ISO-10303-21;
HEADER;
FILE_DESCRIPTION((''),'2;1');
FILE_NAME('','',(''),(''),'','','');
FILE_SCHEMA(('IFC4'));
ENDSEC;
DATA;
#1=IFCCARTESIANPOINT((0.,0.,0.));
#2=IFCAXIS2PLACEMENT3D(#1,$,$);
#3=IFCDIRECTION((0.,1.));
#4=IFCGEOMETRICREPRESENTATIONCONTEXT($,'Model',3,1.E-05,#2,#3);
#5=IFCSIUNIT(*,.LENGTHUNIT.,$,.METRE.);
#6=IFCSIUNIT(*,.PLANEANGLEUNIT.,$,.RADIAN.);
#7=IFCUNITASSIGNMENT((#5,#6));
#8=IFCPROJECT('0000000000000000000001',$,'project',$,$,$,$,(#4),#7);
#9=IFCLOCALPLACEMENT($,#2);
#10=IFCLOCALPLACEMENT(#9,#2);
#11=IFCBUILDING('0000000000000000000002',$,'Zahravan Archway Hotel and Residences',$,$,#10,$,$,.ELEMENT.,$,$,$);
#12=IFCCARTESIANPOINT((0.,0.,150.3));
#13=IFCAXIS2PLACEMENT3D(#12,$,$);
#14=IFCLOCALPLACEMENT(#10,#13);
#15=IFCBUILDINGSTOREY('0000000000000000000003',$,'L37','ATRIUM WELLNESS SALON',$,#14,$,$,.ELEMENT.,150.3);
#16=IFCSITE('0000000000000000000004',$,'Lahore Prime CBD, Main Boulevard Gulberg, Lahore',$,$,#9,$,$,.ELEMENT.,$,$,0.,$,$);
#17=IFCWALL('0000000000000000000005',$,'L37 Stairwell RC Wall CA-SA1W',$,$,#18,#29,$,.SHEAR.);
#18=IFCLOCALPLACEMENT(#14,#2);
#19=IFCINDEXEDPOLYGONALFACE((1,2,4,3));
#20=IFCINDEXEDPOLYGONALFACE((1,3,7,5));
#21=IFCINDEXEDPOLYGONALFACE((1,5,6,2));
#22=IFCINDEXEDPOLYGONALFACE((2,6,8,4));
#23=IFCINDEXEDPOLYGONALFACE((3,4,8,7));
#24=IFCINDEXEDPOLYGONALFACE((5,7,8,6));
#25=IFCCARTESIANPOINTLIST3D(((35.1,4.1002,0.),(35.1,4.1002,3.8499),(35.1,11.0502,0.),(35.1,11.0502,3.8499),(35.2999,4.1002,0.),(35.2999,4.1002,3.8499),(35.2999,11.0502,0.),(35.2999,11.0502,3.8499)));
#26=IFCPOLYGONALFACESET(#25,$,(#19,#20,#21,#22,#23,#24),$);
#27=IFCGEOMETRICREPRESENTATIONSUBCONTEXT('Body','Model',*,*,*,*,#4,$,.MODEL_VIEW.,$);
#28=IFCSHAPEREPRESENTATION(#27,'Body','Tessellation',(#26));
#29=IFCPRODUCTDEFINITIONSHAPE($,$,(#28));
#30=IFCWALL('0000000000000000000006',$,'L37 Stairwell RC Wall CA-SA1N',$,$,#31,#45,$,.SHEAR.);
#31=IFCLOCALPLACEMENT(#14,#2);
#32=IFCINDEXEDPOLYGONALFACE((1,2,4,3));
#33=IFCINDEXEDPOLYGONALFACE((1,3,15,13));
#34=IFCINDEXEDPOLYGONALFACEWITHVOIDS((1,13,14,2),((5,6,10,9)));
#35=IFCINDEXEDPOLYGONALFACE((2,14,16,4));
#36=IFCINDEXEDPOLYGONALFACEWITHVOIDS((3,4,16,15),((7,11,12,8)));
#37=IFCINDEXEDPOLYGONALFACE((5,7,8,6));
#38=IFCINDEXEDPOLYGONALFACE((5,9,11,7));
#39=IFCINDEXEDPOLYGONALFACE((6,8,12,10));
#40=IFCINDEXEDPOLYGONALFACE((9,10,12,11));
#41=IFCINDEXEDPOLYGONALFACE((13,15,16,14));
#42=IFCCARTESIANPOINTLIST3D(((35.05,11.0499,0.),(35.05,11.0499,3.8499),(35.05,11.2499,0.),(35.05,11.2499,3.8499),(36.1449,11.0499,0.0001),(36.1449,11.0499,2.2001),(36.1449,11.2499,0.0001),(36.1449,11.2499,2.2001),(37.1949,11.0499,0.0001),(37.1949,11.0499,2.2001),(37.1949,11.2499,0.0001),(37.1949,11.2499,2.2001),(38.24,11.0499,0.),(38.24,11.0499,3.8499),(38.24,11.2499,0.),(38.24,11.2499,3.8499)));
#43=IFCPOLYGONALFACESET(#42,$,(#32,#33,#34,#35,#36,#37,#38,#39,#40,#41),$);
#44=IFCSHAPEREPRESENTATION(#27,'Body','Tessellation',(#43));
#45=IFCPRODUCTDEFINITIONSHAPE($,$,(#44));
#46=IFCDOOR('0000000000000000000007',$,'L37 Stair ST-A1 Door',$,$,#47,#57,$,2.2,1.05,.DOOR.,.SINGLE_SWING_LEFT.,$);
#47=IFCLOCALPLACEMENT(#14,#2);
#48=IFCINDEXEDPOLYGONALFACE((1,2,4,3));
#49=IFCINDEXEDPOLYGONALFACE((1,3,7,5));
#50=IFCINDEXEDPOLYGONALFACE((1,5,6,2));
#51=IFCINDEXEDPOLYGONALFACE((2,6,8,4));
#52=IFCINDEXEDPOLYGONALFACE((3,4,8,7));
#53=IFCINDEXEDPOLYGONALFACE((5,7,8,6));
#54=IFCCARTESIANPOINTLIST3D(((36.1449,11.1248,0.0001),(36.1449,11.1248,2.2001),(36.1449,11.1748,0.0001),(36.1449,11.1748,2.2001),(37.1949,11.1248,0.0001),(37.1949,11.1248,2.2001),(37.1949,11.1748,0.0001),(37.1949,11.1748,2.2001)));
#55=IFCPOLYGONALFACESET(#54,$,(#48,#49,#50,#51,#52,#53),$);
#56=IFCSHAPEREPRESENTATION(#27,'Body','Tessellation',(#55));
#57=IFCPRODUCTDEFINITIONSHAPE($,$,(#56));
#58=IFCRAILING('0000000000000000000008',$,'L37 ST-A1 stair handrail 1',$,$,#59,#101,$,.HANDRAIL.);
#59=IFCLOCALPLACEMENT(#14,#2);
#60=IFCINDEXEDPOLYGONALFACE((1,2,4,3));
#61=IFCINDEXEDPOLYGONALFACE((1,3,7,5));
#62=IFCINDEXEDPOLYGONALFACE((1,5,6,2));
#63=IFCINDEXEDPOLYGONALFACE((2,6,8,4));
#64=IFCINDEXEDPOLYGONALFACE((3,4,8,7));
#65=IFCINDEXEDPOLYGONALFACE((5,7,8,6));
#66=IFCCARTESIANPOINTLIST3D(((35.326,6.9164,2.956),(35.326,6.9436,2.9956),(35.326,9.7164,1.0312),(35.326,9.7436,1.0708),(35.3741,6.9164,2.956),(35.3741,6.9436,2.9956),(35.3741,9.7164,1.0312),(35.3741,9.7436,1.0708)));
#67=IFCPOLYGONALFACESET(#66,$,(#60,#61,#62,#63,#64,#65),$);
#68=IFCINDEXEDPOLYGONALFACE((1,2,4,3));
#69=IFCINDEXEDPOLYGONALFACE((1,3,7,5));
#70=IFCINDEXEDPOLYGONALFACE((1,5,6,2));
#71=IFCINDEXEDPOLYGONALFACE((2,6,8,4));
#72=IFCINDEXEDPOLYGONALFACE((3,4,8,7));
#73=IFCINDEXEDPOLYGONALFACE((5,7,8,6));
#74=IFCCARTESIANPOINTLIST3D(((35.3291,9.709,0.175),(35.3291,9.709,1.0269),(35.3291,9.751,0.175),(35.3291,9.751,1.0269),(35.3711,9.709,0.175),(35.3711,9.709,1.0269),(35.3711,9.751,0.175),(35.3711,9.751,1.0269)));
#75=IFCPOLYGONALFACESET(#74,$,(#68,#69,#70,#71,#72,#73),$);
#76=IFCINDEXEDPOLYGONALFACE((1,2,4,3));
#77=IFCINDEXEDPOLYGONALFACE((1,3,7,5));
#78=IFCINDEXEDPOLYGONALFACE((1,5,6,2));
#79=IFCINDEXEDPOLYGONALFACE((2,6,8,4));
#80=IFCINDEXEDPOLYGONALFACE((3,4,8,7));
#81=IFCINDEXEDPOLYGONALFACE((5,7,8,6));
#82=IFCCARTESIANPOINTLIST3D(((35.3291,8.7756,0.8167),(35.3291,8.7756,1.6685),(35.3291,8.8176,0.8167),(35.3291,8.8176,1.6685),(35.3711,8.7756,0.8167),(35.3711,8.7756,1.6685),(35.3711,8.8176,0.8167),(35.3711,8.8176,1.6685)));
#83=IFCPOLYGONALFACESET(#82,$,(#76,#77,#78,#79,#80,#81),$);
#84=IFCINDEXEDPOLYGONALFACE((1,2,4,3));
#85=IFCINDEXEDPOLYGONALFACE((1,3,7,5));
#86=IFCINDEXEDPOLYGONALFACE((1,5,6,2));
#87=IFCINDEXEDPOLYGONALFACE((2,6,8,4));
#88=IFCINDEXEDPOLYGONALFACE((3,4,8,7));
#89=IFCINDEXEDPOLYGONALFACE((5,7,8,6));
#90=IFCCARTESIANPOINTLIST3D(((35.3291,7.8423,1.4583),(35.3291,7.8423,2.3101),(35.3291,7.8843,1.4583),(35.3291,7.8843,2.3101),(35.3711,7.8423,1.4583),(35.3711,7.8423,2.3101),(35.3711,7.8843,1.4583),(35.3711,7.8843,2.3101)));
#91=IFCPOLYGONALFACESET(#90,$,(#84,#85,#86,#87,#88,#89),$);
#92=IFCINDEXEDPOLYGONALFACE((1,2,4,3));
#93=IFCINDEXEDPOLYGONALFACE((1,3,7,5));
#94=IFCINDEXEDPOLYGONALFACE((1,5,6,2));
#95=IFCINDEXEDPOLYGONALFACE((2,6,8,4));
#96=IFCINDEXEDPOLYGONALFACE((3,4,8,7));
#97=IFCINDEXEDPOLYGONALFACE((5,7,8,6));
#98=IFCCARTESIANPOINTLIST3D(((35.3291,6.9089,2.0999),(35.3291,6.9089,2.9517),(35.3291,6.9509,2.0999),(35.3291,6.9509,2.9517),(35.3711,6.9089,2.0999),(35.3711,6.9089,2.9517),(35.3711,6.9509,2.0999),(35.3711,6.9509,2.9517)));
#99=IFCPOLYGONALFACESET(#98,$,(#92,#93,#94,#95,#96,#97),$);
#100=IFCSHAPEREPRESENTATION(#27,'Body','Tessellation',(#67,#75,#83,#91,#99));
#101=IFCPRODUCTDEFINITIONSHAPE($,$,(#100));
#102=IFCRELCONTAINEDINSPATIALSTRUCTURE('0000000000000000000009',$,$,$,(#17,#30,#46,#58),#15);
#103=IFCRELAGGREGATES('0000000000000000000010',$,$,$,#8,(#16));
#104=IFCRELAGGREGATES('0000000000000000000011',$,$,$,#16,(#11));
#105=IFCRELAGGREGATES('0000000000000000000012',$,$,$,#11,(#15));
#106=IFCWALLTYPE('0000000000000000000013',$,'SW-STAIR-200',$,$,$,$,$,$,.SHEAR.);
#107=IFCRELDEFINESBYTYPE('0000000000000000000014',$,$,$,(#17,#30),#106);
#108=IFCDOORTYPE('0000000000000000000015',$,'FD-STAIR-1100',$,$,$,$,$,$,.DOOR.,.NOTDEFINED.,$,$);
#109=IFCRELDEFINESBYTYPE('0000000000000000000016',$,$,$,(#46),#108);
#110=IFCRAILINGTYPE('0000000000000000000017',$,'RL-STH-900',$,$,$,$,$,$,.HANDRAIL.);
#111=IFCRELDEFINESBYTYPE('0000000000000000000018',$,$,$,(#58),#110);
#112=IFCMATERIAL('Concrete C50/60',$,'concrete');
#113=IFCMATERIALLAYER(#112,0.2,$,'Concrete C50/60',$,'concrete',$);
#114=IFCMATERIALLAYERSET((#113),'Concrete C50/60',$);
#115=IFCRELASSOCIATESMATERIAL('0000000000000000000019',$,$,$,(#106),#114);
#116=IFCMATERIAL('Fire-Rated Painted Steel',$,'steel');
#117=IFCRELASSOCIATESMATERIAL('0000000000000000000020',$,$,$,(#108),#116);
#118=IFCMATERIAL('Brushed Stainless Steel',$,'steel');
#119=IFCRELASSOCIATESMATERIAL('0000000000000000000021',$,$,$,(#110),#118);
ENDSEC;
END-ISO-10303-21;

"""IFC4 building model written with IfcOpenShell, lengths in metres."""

from ifc_helpers import new_model, si_unit, direction, frame, frame_2d, origin, origin_2d, place, context, subcontext, project, spatial, rectangle, extrude, source, transform, mapped, material, layer, layer_set, type_object, type_shapes, element, fill, save


model = new_model("IFC4")

# Units and contexts
model_context = context("Model", 3, precision=1e-05, world=origin(), true_north=direction((0.0, 1.0)))
body_context = subcontext(model_context, "Body", "Model", "MODEL_VIEW")
ifc_project = project(units=[si_unit("LENGTHUNIT", "METRE"), si_unit("PLANEANGLEUNIT", "RADIAN")], contexts=[model_context])

# Site, building, storey
site_placement = place(None, origin())
site = spatial("IfcSite", under=ifc_project, at=site_placement, Name="Lahore Prime CBD, Main Boulevard Gulberg, Lahore", CompositionType="ELEMENT", RefElevation=0.0)
building_placement = place(site_placement, origin())
building = spatial("IfcBuilding", under=site, at=building_placement, Name="Zahravan Archway Hotel and Residences", CompositionType="ELEMENT")
storey_placement = place(building_placement, frame((0.0, 0.0, 150.3)))
storey = spatial("IfcBuildingStorey", under=building, at=storey_placement, Name="L37", Description="ATRIUM WELLNESS SALON", CompositionType="ELEMENT", Elevation=150.3)

# Shared definitions
ifc_material_1 = material(Name="Fire-Rated Painted Steel", Category="steel")

# Wall
ifc_material_2 = material(Name="Concrete C50/60", Category="concrete")
ifc_layer_1 = layer(ifc_material_2, 0.2, Name="Concrete C50/60", Category="concrete")
ifc_layer_set_1 = layer_set([ifc_layer_1], Name="Concrete C50/60")
wall_type_1 = type_object("IfcWallType", Name="SW-STAIR-200", PredefinedType="SHEAR", material=ifc_layer_set_1)
wall_1_placement = place(storey_placement, frame((35.2, 4.1001, 0.0), z_axis=(0.0, 0.0, 1.0), x_axis=(0.0, 1.0, 0.0)))
element("IfcWall", 1, at=wall_1_placement, inside=storey, type_object=wall_type_1, Name="L37 Stairwell RC Wall CA-SA1W", PredefinedType="SHEAR", context=body_context, shape_type="SweptSolid", body=[
    extrude(rectangle(XDim=6.95, YDim=0.2, at=frame_2d((3.4751, 0.0))), origin(), (0.0, 0.0, 1.0), 3.8499),
])

# Wall, opening, door
wall_2_placement = place(storey_placement, frame((35.05, 11.1499, 0.0), z_axis=(0.0, 0.0, 1.0), x_axis=(1.0, 0.0, 0.0)))
wall_2 = element("IfcWall", 2, at=wall_2_placement, inside=storey, type_object=wall_type_1, Name="L37 Stairwell RC Wall CA-SA1N", PredefinedType="SHEAR", context=body_context, shape_type="SweptSolid", body=[
    extrude(rectangle(XDim=3.1899, YDim=0.2, at=frame_2d((1.595, 0.0))), origin(), (0.0, 0.0, 1.0), 3.8499),
])
opening_1_placement = place(wall_2_placement, frame((1.095, 0.0, 0.0)))
opening_1 = element("IfcOpeningElement", 3, at=opening_1_placement, cuts=wall_2, PredefinedType="OPENING", context=body_context, shape_type="SweptSolid", body=[
    extrude(rectangle(XDim=1.05, YDim=2.2, at=frame_2d((0.5249, 1.1001))), frame((0.0, 0.1099, 0.0), z_axis=(0.0, -1.0, 0.0), x_axis=(1.0, 0.0, 0.0)), (0.0, 0.0, 1.0), 0.22),
])
door_type_1 = type_object("IfcDoorType", Name="FD-STAIR-1100", OperationType="NOTDEFINED", PredefinedType="DOOR", material=ifc_material_1)
shared_shape_1 = source(origin(), body_context, "Body", "SweptSolid", [
    extrude(rectangle(XDim=1.05, YDim=2.2, at=frame_2d((0.5249, 1.1001))), frame((0.0, 0.0249, 0.0), z_axis=(0.0, -1.0, 0.0), x_axis=(1.0, 0.0, 0.0)), (0.0, 0.0, 1.0), 0.05),
])
type_shapes(door_type_1, [shared_shape_1])
door_1_placement = place(opening_1_placement, origin())
door_1 = element("IfcDoor", 4, at=door_1_placement, inside=storey, type_object=door_type_1, Name="L37 Stair ST-A1 Door", OperationType="SINGLE_SWING_LEFT", OverallHeight=2.2, OverallWidth=1.05, PredefinedType="DOOR", context=body_context, shape_type="MappedRepresentation", body=[
    mapped(shared_shape_1, transform((0.0, 0.0, 0.0), scale=1.0)),
])
fill(opening_1, door_1)

# Railing
ifc_material_3 = material(Name="Brushed Stainless Steel", Category="steel")
railing_type = type_object("IfcRailingType", Name="RL-STH-900", PredefinedType="HANDRAIL", material=ifc_material_3)
railing_placement = place(storey_placement, frame((35.3501, 9.73, 0.175)))
element("IfcRailing", 5, at=railing_placement, inside=storey, type_object=railing_type, Name="L37 ST-A1 stair handrail 1", PredefinedType="HANDRAIL", context=body_context, shape_type="SweptSolid", body=[
    extrude(rectangle(XDim=0.0481, YDim=0.0481, at=origin_2d()), frame((0.0, 0.0, 0.876), z_axis=(0.0, -0.824073, 0.566483), x_axis=(1.0, 0.0, 0.0)), (0.0, 0.0, 1.0), 3.3977),
    extrude(rectangle(XDim=0.042, YDim=0.042, at=origin_2d()), origin(), (0.0, 0.0, 1.0), 0.8518),
    extrude(rectangle(XDim=0.042, YDim=0.042, at=origin_2d()), frame((0.0, -0.9333, 0.6416)), (0.0, 0.0, 1.0), 0.8518),
    extrude(rectangle(XDim=0.042, YDim=0.042, at=origin_2d()), frame((0.0, -1.8667, 1.2832)), (0.0, 0.0, 1.0), 0.8518),
    extrude(rectangle(XDim=0.042, YDim=0.042, at=origin_2d()), frame((0.0, -2.8, 1.9248)), (0.0, 0.0, 1.0), 0.8518),
])

save(model, "model.ifc")
